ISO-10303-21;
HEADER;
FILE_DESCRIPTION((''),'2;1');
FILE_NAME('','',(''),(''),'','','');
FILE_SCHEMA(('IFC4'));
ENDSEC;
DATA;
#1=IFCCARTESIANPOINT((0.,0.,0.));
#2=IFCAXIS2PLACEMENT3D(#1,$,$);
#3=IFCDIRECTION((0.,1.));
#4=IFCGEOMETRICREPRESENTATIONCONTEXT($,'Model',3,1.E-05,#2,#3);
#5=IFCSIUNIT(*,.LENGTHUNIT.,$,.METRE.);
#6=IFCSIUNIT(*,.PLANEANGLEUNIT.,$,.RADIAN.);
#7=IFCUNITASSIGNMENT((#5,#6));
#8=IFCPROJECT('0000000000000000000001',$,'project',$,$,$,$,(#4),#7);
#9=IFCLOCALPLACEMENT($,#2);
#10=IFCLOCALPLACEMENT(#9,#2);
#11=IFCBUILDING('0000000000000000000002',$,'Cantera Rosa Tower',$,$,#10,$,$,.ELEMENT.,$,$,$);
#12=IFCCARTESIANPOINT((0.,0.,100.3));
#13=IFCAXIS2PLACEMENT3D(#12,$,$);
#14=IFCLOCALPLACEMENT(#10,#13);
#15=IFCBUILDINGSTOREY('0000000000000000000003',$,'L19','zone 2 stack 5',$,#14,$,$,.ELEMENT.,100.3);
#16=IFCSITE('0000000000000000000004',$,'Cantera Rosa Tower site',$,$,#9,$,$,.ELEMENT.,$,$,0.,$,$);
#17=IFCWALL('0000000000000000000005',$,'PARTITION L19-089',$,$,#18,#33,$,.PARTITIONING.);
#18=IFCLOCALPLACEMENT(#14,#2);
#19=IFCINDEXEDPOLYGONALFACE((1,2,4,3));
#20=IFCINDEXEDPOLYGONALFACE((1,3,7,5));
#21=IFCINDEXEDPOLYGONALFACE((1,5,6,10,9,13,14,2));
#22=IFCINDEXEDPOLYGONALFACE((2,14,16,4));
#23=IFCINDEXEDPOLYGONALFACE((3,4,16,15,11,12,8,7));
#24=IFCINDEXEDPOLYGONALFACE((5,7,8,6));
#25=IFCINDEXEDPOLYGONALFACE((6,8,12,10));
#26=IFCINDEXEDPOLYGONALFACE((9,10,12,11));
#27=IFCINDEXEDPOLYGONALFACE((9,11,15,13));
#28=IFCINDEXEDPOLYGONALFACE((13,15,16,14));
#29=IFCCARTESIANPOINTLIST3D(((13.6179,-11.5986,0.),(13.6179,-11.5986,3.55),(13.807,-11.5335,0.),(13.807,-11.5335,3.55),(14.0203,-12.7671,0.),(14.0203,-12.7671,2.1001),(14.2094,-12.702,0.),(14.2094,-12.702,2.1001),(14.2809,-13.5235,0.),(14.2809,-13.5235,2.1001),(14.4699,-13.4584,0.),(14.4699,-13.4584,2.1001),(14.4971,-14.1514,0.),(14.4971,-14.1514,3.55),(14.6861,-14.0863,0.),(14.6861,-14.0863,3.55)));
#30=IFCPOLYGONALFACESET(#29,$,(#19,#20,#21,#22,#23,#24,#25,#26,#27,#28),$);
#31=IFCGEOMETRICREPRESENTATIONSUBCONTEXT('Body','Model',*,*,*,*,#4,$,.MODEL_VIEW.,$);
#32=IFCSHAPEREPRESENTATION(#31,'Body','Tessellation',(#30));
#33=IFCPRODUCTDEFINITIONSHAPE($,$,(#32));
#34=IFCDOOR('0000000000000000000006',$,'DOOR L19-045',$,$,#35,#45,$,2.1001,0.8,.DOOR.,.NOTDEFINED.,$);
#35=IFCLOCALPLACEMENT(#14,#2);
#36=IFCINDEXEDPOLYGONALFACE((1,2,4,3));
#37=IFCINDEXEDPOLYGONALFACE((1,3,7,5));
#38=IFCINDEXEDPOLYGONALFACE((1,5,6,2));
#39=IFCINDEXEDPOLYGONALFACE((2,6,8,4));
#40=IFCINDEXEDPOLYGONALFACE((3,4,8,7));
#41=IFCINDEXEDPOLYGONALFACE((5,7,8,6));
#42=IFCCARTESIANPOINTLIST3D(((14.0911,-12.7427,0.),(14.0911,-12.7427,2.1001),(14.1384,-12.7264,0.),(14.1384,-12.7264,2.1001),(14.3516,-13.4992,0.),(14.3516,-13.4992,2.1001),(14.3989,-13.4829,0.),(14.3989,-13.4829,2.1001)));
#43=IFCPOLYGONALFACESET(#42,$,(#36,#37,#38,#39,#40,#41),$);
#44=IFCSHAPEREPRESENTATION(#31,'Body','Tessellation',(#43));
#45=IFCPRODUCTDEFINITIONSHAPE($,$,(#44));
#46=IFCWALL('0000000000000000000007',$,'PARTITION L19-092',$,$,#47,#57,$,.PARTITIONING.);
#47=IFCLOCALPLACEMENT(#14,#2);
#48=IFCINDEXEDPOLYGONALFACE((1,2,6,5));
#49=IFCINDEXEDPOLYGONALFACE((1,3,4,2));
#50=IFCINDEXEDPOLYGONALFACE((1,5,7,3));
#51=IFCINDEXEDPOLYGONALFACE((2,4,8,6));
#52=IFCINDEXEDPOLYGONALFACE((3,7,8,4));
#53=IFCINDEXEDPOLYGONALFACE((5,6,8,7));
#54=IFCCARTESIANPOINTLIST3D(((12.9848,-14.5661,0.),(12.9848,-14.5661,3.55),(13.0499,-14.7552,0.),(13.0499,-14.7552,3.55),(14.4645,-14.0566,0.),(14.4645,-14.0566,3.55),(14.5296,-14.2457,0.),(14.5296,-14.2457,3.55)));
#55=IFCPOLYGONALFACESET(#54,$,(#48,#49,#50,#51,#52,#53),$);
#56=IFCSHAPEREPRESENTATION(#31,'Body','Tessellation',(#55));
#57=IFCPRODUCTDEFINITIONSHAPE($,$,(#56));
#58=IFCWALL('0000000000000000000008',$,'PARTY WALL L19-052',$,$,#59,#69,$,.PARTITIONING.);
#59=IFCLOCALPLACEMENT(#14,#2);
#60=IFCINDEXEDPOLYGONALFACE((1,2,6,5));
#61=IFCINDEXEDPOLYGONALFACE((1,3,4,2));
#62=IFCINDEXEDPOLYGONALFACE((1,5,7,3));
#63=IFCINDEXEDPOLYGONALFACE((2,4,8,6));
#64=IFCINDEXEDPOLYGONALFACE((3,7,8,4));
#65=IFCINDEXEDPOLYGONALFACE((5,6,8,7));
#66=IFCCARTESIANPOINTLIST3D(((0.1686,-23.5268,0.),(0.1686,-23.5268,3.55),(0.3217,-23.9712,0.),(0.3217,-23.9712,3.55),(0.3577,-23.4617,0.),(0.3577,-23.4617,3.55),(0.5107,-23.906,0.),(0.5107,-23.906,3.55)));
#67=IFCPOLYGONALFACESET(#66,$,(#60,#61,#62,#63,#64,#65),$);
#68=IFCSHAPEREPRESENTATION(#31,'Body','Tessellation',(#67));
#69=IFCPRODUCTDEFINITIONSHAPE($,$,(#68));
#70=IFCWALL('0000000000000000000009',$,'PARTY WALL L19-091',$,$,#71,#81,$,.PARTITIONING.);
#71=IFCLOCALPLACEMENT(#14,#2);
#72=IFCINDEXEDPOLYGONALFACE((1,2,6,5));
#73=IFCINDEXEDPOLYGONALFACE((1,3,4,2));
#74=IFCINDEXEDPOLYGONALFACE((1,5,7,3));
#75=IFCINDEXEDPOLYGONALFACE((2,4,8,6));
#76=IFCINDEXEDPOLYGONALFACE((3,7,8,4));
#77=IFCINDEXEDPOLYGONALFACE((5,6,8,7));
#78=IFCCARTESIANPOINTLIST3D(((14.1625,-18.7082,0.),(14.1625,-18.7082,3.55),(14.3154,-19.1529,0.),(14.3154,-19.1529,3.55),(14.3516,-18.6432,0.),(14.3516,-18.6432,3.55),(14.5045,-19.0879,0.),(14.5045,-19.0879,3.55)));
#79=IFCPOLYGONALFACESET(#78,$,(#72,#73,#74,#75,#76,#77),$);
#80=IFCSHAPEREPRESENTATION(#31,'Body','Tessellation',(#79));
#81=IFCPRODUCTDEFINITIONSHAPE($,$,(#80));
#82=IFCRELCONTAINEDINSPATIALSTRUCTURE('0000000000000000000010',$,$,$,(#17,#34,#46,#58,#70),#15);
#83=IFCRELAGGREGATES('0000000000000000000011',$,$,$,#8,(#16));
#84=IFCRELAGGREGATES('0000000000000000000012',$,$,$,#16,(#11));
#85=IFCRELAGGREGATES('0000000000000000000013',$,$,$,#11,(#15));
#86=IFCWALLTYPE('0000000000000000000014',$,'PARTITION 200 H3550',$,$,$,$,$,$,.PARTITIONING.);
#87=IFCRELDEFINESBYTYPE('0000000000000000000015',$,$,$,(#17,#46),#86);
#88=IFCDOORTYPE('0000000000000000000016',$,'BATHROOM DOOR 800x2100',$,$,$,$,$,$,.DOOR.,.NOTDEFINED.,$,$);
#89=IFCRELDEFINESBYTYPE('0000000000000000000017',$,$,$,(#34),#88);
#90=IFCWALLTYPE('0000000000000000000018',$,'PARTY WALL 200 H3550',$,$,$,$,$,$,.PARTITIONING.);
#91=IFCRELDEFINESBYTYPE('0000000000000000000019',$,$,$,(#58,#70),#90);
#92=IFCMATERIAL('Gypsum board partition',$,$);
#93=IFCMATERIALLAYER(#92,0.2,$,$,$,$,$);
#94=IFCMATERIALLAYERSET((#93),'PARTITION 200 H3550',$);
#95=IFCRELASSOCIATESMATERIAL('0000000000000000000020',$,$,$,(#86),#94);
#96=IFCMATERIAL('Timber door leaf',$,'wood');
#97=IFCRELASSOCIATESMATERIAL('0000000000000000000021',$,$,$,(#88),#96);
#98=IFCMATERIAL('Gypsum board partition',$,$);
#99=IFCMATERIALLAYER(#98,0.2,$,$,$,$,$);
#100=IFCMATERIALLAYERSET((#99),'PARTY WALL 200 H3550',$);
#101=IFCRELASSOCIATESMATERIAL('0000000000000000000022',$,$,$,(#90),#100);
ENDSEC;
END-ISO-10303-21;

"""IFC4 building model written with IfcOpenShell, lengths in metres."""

from ifc_helpers import new_model, si_unit, direction, frame, frame_2d, origin, place, context, subcontext, project, spatial, rectangle, extrude, material, layer, layer_set, type_object, element, fill, save


model = new_model("IFC4")

# Units and contexts
model_context = context("Model", 3, precision=1e-05, world=origin(), true_north=direction((0.0, 1.0)))
body_context = subcontext(model_context, "Body", "Model", "MODEL_VIEW")
ifc_project = project(units=[si_unit("LENGTHUNIT", "METRE"), si_unit("PLANEANGLEUNIT", "RADIAN")], contexts=[model_context])

# Site, building, storey
site_placement = place(None, origin())
site = spatial("IfcSite", under=ifc_project, at=site_placement, Name="Cantera Rosa Tower site", CompositionType="ELEMENT", RefElevation=0.0)
building_placement = place(site_placement, origin())
building = spatial("IfcBuilding", under=site, at=building_placement, Name="Cantera Rosa Tower", CompositionType="ELEMENT")
storey_placement = place(building_placement, frame((0.0, 0.0, 100.3)))
storey = spatial("IfcBuildingStorey", under=building, at=storey_placement, Name="L19", Description="zone 2 stack 5", CompositionType="ELEMENT", Elevation=100.3)

# Wall, opening, door
ifc_material_1 = material(Name="Gypsum board partition")
ifc_layer_1 = layer(ifc_material_1, 0.2)
ifc_layer_set_1 = layer_set([ifc_layer_1], Name="PARTITION 200 H3550")
wall_type_1 = type_object("IfcWallType", Name="PARTITION 200 H3550", PredefinedType="PARTITIONING", material=ifc_layer_set_1)
wall_1_placement = place(storey_placement, frame((13.7124, -11.5659, 0.0), z_axis=(0.0, 0.0, 1.0), x_axis=(0.325626, -0.945499, 0.0)))
wall_1 = element("IfcWall", 1, at=wall_1_placement, inside=storey, type_object=wall_type_1, Name="PARTITION L19-089", PredefinedType="PARTITIONING", context=body_context, shape_type="SweptSolid", body=[
    extrude(rectangle(XDim=2.7, YDim=0.2, at=frame_2d((1.3501, 0.0))), origin(), (0.0, 0.0, 1.0), 3.55),
])
opening_1_placement = place(wall_1_placement, frame((1.2361, 0.0, 0.0)))
opening_1 = element("IfcOpeningElement", 2, at=opening_1_placement, cuts=wall_1, PredefinedType="OPENING", context=body_context, shape_type="SweptSolid", body=[
    extrude(rectangle(XDim=0.8, YDim=2.1001, at=frame_2d((0.3999, 1.05))), frame((0.0, 0.1099, 0.0), z_axis=(0.0, -1.0, 0.0), x_axis=(1.0, 0.0, 0.0)), (0.0, 0.0, 1.0), 0.22),
])
ifc_material_2 = material(Name="Timber door leaf", Category="wood")
door_type_1 = type_object("IfcDoorType", Name="BATHROOM DOOR 800x2100", OperationType="NOTDEFINED", PredefinedType="DOOR", material=ifc_material_2)
door_1_placement = place(opening_1_placement, origin())
door_1 = element("IfcDoor", 3, at=door_1_placement, inside=storey, type_object=door_type_1, Name="DOOR L19-045", OperationType="NOTDEFINED", OverallHeight=2.1001, OverallWidth=0.8, PredefinedType="DOOR", context=body_context, shape_type="SweptSolid", body=[
    extrude(rectangle(XDim=0.8, YDim=2.1001, at=frame_2d((0.3999, 1.05))), frame((0.0, 0.0249, 0.0), z_axis=(0.0, -1.0, 0.0), x_axis=(1.0, 0.0, 0.0)), (0.0, 0.0, 1.0), 0.05),
])
fill(opening_1, door_1)

# Walls
wall_2_placement = place(storey_placement, frame((14.4971, -14.1511, 0.0), z_axis=(0.0, 0.0, 1.0), x_axis=(-0.945517, -0.325572, 0.0)))
element("IfcWall", 4, at=wall_2_placement, inside=storey, type_object=wall_type_1, Name="PARTITION L19-092", PredefinedType="PARTITIONING", context=body_context, shape_type="SweptSolid", body=[
    extrude(rectangle(XDim=1.5649, YDim=0.2, at=frame_2d((0.7825, 0.0))), origin(), (0.0, 0.0, 1.0), 3.55),
])
ifc_material_3 = material(Name="Gypsum board partition")
ifc_layer_2 = layer(ifc_material_3, 0.2)
ifc_layer_set_2 = layer_set([ifc_layer_2], Name="PARTY WALL 200 H3550")
wall_type_2 = type_object("IfcWallType", Name="PARTY WALL 200 H3550", PredefinedType="PARTITIONING", material=ifc_layer_set_2)
wall_3_placement = place(storey_placement, frame((0.2632, -23.4944, 0.0), z_axis=(0.0, 0.0, 1.0), x_axis=(0.325719, -0.945467, 0.0)))
element("IfcWall", 5, at=wall_3_placement, inside=storey, type_object=wall_type_2, Name="PARTY WALL L19-052", PredefinedType="PARTITIONING", context=body_context, shape_type="SweptSolid", body=[
    extrude(rectangle(XDim=0.47, YDim=0.2, at=frame_2d((0.2349, 0.0))), origin(), (0.0, 0.0, 1.0), 3.55),
])
wall_4_placement = place(storey_placement, frame((14.4099, -19.1204, 0.0), z_axis=(0.0, 0.0, 1.0), x_axis=(-0.325094, 0.945682, 0.0)))
element("IfcWall", 6, at=wall_4_placement, inside=storey, type_object=wall_type_2, Name="PARTY WALL L19-091", PredefinedType="PARTITIONING", context=body_context, shape_type="SweptSolid", body=[
    extrude(rectangle(XDim=0.4702, YDim=0.2, at=frame_2d((0.2351, 0.0))), origin(), (0.0, 0.0, 1.0), 3.55),
])

save(model, "model.ifc")
